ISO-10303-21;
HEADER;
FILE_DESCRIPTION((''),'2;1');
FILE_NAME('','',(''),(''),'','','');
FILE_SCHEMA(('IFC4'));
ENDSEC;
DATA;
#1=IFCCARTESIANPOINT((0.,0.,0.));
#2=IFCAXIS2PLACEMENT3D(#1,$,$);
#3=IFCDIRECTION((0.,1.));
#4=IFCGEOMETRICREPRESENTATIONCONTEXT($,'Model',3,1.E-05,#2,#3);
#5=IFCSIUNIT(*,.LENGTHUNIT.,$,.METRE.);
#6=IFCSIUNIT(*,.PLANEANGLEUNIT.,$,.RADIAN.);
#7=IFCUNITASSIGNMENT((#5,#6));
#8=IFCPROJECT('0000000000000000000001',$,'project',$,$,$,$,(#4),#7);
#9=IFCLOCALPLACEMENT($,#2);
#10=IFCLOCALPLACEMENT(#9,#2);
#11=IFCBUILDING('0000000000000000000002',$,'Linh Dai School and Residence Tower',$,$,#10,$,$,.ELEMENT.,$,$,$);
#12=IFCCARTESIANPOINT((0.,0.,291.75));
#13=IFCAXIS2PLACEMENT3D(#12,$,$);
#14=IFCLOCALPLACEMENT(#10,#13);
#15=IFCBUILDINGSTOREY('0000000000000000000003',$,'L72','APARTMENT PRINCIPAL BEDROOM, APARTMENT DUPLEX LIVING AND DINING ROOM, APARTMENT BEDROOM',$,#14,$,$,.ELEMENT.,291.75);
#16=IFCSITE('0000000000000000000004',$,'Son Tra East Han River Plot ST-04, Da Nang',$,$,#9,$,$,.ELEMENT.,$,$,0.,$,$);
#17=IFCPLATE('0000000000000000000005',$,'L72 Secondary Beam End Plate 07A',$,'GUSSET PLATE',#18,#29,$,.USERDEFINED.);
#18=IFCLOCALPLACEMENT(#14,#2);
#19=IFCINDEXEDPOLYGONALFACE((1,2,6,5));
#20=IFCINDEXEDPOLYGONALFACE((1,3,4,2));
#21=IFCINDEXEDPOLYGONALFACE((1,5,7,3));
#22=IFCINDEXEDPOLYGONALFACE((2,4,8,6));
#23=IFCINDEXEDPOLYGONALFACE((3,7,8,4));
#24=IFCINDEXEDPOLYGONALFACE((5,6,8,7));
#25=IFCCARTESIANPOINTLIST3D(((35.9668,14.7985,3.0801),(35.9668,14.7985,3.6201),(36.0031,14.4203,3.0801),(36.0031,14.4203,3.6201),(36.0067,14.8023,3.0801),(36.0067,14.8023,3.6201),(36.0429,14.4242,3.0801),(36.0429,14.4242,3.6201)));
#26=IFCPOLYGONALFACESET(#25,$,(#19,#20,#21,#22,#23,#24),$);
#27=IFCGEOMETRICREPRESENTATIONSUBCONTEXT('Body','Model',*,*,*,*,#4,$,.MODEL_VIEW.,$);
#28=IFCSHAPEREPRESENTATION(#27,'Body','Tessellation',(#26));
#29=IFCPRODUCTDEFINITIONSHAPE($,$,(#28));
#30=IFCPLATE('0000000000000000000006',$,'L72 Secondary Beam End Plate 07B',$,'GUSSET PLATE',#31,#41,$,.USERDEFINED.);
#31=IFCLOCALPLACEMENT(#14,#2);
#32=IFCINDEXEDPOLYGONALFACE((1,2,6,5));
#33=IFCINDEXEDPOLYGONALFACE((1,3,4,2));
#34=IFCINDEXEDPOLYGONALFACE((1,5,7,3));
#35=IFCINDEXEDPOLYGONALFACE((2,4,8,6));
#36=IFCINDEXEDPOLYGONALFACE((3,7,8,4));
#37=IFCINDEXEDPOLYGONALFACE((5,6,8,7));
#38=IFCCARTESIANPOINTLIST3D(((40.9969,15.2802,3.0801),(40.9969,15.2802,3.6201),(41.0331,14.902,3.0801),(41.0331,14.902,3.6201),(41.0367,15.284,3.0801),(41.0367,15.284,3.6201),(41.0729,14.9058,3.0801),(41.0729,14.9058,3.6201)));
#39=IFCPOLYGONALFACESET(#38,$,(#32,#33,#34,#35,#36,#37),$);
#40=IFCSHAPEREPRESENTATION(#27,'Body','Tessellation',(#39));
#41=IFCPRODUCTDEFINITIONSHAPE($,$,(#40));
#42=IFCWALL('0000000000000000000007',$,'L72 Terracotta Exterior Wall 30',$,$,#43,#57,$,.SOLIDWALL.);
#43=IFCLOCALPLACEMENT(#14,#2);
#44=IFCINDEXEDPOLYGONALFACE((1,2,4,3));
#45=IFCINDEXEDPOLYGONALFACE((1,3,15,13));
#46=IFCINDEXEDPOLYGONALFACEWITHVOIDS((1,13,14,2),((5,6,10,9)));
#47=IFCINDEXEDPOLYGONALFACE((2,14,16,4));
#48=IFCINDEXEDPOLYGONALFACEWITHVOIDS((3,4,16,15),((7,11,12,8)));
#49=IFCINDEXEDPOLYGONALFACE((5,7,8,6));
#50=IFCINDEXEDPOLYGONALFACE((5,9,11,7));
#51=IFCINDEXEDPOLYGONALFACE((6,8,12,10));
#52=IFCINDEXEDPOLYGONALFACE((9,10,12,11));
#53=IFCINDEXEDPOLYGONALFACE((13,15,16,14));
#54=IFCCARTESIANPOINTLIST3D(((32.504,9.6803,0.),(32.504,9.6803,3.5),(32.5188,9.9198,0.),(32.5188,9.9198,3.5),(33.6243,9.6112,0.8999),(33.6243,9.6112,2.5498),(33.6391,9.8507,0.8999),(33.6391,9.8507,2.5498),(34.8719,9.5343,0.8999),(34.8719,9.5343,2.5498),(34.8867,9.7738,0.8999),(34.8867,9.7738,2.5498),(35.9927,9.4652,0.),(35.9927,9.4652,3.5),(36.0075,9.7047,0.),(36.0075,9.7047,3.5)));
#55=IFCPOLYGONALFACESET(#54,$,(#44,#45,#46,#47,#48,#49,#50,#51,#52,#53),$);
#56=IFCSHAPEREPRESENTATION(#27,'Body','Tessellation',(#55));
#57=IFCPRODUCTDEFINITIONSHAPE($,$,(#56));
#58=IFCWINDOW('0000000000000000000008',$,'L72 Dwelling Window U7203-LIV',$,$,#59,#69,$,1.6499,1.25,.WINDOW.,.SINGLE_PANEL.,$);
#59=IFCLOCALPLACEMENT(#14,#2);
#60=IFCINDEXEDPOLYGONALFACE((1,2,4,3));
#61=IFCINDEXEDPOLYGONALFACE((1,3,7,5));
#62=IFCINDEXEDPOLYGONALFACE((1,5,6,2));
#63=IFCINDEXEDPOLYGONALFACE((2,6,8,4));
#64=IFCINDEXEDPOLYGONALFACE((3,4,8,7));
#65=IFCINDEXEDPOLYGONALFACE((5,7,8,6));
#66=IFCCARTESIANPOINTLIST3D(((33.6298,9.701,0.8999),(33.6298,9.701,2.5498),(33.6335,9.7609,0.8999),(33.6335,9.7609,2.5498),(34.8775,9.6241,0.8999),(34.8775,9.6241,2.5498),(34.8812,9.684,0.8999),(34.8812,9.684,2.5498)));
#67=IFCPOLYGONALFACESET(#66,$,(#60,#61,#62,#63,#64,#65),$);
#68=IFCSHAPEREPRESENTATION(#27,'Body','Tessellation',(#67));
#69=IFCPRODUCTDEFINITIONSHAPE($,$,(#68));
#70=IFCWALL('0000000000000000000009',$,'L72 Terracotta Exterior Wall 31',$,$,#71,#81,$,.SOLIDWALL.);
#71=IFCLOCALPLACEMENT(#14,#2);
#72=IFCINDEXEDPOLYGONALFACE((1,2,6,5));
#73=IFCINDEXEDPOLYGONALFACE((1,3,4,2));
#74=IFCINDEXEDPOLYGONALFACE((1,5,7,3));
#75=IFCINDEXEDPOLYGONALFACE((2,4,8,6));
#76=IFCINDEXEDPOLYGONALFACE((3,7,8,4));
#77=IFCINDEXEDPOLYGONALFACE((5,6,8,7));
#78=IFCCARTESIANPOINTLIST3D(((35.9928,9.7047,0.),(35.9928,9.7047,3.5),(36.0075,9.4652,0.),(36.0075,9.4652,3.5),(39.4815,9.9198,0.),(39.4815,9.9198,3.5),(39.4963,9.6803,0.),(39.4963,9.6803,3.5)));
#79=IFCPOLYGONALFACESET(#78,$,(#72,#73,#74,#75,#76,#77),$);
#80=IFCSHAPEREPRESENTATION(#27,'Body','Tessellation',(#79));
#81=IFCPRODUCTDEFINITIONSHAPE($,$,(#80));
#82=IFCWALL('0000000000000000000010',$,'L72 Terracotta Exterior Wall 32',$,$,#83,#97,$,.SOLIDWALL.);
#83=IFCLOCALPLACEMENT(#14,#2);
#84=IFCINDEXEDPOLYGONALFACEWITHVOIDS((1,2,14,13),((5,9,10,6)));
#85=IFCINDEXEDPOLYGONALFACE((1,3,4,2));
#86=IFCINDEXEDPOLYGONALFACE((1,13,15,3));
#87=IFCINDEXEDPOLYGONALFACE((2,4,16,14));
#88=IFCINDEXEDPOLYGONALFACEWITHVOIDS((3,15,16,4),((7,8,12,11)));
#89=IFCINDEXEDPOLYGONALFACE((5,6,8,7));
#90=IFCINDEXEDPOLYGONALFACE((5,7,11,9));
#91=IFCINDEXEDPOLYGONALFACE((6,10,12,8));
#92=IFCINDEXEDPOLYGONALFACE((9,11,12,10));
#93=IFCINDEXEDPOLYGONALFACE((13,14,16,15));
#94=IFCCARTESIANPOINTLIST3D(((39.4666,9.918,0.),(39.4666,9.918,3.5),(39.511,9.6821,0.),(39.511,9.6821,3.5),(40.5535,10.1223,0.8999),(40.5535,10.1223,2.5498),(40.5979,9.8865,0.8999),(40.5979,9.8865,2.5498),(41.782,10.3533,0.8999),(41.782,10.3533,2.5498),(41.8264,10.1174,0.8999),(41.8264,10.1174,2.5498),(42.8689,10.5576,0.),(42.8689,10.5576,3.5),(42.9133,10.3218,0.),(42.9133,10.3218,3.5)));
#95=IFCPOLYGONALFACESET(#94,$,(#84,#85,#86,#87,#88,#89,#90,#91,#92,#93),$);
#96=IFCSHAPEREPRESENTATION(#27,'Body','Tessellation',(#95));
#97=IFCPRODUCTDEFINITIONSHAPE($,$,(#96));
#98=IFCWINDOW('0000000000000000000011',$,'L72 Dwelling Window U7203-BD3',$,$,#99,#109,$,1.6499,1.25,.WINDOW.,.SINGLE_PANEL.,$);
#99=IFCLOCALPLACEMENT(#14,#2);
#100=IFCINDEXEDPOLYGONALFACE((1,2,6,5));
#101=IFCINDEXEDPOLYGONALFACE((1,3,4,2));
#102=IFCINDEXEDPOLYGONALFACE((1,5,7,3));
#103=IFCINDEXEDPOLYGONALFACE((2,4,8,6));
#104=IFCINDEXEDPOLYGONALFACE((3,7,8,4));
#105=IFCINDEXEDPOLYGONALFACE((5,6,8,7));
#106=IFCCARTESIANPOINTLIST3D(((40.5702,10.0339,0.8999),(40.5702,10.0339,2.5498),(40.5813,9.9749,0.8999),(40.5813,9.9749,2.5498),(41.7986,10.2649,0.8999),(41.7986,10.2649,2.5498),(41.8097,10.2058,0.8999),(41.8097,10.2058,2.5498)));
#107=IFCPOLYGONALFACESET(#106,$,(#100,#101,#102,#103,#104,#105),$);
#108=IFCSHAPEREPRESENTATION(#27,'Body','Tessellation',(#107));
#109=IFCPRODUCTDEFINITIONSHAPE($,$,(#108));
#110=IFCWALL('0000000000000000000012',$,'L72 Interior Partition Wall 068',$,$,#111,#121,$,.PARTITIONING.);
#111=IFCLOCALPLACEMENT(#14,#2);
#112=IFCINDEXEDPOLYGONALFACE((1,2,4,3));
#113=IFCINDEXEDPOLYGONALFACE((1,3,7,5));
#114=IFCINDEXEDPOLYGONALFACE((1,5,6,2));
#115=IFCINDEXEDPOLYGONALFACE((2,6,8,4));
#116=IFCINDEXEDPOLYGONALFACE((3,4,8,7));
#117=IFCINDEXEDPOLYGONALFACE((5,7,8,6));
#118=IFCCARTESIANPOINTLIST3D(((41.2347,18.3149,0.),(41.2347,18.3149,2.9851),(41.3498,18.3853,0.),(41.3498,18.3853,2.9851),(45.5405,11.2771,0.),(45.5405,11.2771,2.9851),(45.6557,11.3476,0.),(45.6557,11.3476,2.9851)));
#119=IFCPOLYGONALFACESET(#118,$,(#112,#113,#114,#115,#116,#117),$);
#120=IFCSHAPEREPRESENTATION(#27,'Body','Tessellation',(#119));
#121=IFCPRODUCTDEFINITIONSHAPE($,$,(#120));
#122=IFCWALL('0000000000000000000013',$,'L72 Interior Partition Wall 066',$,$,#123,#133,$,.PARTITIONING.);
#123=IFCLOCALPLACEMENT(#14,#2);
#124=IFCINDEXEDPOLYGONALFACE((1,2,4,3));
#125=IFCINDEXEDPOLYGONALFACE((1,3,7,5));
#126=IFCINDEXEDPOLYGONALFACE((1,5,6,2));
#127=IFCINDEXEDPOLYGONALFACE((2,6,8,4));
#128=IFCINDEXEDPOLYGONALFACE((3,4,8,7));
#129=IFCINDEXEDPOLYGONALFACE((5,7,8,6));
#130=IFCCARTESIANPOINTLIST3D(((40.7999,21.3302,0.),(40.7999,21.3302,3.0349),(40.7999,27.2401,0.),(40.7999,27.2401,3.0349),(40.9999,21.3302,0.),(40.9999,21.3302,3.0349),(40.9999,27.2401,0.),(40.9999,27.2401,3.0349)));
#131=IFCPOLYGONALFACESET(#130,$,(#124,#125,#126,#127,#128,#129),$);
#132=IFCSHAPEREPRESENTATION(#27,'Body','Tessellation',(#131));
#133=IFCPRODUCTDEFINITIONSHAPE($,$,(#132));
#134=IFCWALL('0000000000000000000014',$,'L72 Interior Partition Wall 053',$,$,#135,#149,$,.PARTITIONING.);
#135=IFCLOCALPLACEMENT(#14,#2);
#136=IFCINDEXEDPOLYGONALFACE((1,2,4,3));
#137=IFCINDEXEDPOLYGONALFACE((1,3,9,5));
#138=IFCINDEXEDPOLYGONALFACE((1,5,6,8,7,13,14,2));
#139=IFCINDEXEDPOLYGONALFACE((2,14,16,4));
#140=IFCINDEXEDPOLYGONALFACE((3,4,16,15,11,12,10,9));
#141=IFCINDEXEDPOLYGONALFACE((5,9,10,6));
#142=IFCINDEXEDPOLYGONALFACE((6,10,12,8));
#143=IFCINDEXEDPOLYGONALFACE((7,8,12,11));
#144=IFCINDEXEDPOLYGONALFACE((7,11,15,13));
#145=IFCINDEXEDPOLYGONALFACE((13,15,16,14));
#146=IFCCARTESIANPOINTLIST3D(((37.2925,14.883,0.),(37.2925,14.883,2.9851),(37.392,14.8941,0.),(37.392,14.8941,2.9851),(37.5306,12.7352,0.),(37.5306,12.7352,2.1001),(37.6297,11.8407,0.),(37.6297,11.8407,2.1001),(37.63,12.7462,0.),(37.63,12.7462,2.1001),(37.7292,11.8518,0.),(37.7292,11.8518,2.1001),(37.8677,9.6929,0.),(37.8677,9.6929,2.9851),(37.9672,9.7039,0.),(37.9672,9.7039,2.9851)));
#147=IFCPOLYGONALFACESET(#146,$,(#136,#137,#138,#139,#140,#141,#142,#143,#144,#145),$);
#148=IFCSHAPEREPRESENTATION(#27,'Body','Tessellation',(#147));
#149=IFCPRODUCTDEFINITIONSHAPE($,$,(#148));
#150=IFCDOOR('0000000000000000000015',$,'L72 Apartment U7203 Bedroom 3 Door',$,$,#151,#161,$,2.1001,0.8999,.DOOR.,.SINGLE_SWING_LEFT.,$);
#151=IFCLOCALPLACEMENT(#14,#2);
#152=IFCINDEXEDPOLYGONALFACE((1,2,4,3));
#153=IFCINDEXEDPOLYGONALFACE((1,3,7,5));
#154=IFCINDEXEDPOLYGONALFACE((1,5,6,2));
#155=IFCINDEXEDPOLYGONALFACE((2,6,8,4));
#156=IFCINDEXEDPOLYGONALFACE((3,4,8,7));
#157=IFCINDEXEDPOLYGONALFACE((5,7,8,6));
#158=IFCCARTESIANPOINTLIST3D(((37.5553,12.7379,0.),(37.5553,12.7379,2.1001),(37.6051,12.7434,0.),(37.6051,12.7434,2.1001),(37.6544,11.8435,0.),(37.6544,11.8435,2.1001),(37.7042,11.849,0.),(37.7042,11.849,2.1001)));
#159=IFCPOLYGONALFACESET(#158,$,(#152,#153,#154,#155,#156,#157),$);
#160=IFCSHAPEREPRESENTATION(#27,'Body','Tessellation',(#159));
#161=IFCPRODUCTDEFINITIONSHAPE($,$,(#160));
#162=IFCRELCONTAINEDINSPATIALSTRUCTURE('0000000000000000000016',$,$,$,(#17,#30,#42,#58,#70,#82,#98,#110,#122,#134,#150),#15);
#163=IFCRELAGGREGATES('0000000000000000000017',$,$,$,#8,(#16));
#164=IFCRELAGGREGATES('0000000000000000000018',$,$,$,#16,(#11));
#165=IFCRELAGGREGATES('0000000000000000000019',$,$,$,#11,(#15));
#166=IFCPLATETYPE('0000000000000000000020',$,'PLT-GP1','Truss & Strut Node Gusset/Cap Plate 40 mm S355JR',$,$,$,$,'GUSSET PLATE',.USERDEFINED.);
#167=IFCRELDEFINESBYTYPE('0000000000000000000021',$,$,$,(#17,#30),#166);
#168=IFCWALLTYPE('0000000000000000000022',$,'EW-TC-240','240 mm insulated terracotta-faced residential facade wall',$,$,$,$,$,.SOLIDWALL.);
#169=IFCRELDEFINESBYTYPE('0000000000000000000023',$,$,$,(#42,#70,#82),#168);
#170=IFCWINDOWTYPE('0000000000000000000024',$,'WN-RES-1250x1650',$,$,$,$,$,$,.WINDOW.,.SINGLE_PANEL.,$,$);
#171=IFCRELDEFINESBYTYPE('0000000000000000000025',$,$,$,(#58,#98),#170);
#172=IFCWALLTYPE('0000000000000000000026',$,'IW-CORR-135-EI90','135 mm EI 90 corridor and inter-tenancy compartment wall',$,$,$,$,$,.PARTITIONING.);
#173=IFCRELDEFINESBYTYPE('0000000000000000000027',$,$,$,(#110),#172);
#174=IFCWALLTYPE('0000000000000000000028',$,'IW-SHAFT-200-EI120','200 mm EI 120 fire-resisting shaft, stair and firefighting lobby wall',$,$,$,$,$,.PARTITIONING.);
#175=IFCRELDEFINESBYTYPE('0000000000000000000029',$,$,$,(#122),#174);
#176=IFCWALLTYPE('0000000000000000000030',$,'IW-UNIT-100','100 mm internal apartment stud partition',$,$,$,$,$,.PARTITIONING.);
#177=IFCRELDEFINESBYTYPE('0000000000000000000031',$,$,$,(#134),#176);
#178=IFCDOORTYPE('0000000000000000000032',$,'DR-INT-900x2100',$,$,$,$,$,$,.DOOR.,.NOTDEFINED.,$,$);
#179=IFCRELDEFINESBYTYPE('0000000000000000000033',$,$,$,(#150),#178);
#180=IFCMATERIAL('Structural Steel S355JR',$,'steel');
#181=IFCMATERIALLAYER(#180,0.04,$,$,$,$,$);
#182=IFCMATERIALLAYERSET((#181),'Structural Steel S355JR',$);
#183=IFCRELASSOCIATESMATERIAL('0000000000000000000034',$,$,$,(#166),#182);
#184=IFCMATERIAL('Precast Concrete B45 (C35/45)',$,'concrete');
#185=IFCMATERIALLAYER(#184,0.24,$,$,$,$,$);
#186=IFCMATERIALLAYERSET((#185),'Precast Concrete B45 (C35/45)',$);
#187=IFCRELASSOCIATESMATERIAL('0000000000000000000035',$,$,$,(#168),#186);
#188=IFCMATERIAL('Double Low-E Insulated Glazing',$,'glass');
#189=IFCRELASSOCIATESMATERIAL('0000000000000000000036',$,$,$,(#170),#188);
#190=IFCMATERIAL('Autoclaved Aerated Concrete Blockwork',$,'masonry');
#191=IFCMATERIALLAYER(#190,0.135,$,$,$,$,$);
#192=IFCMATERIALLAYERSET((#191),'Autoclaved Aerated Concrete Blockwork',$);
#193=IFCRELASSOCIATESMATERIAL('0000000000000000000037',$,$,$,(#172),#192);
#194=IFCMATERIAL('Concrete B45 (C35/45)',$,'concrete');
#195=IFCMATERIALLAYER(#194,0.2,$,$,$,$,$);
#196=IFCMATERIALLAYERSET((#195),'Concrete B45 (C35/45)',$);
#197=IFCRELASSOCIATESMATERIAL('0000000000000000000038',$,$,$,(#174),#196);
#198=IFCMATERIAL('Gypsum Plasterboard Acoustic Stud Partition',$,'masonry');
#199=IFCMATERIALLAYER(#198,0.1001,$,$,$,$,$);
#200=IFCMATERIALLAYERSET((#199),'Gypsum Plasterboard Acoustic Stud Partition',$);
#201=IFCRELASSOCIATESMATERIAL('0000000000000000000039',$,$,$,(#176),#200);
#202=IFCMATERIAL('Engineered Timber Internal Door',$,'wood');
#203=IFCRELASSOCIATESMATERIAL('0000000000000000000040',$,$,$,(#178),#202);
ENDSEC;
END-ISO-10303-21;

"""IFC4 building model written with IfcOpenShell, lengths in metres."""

from ifc_helpers import new_model, si_unit, direction, frame, frame_2d, origin, origin_2d, place, context, subcontext, project, spatial, rectangle, extrude, source, transform, mapped, material, layer, layer_set, type_object, element, fill, save


model = new_model("IFC4")

# Units and contexts
model_context = context("Model", 3, precision=1e-05, world=origin(), true_north=direction((0.0, 1.0)))
body_context = subcontext(model_context, "Body", "Model", "MODEL_VIEW")
ifc_project = project(units=[si_unit("LENGTHUNIT", "METRE"), si_unit("PLANEANGLEUNIT", "RADIAN")], contexts=[model_context])

# Site, building, storey
site_placement = place(None, origin())
site = spatial("IfcSite", under=ifc_project, at=site_placement, Name="Son Tra East Han River Plot ST-04, Da Nang", CompositionType="ELEMENT", RefElevation=0.0)
building_placement = place(site_placement, origin())
building = spatial("IfcBuilding", under=site, at=building_placement, Name="Linh Dai School and Residence Tower", CompositionType="ELEMENT")
storey_placement = place(building_placement, frame((0.0, 0.0, 291.75)))
storey = spatial("IfcBuildingStorey", under=building, at=storey_placement, Name="L72", Description="APARTMENT PRINCIPAL BEDROOM, APARTMENT DUPLEX LIVING AND DINING ROOM, APARTMENT BEDROOM", CompositionType="ELEMENT", Elevation=291.75)

# Shared definitions
ifc_material_1 = material(Name="Structural Steel S355JR", Category="steel")

# Plates
ifc_layer_1 = layer(ifc_material_1, 0.04)
ifc_layer_set_1 = layer_set([ifc_layer_1], Name="Structural Steel S355JR")
plate_type = type_object("IfcPlateType", Name="PLT-GP1", Description="Truss & Strut Node Gusset/Cap Plate 40 mm S355JR", ElementType="GUSSET PLATE", PredefinedType="USERDEFINED", material=ifc_layer_set_1)
shared_shape_1 = source(origin(), body_context, "Body", "SweptSolid", [
    extrude(rectangle(XDim=0.04, YDim=0.3799, at=origin_2d()), origin(), (0.0, 0.0, 1.0), 0.54),
])
for number, where, z_axis, x_axis, name in (
    (1, (36.0049, 14.6113, 3.0801), (0.0, 0.0, 1.0), (0.995445, 0.095338, 0.0), "L72 Secondary Beam End Plate 07A"),
    (2, (41.0349, 15.093, 3.0801), (0.0, 0.0, 1.0), (0.995445, 0.095338, 0.0), "L72 Secondary Beam End Plate 07B"),
):
    element("IfcPlate", number, at=place(storey_placement, frame(where, z_axis=z_axis, x_axis=x_axis)), inside=storey, type_object=plate_type, Name=name, ObjectType="GUSSET PLATE", PredefinedType="USERDEFINED", context=body_context, shape_type="MappedRepresentation", body=[
        mapped(shared_shape_1, transform((0.0, 0.0, 0.0), x_axis=(1.0, 0.0, 0.0), y_axis=(0.0, 1.0, 0.0), z_axis=(0.0, 0.0, 1.0), scale=1.0)),
    ])

# Wall, opening, window
ifc_material_2 = material(Name="Precast Concrete B45 (C35/45)", Category="concrete")
ifc_layer_2 = layer(ifc_material_2, 0.24)
ifc_layer_set_2 = layer_set([ifc_layer_2], Name="Precast Concrete B45 (C35/45)")
wall_type_1 = type_object("IfcWallType", Name="EW-TC-240", Description="240 mm insulated terracotta-faced residential facade wall", PredefinedType="SOLIDWALL", material=ifc_layer_set_2)
wall_1_placement = place(storey_placement, frame((36.0, 9.585, 0.0), z_axis=(0.0, 0.0, 1.0), x_axis=(-0.998105, 0.061535, 0.0)))
wall_1 = element("IfcWall", 3, at=wall_1_placement, inside=storey, type_object=wall_type_1, Name="L72 Terracotta Exterior Wall 30", PredefinedType="SOLIDWALL", context=body_context, shape_type="SweptSolid", body=[
    extrude(rectangle(XDim=3.4954, YDim=0.24, at=frame_2d((1.7476, 0.0))), origin(), (0.0, 0.0, 1.0), 3.5),
])
opening_1_placement = place(wall_1_placement, frame((1.1228, 0.0, 0.8999)))
opening_1 = element("IfcOpeningElement", 4, at=opening_1_placement, cuts=wall_1, PredefinedType="OPENING", context=body_context, shape_type="SweptSolid", body=[
    extrude(rectangle(XDim=1.25, YDim=1.6499, at=origin_2d()), frame((0.625, 0.1299, 0.825), z_axis=(0.0, -1.0, 0.0), x_axis=(1.0, 0.0, 0.0)), (0.0, 0.0, 1.0), 0.26),
])
ifc_material_3 = material(Name="Double Low-E Insulated Glazing", Category="glass")
window_type = type_object("IfcWindowType", Name="WN-RES-1250x1650", PartitioningType="SINGLE_PANEL", PredefinedType="WINDOW", material=ifc_material_3)
shared_shape_2 = source(origin(), body_context, "Body", "SweptSolid", [
    extrude(rectangle(XDim=1.25, YDim=1.6499, at=origin_2d()), frame((0.625, 0.03, 0.825), z_axis=(0.0, -1.0, 0.0), x_axis=(1.0, 0.0, 0.0)), (0.0, 0.0, 1.0), 0.0601),
])
window_1_placement = place(opening_1_placement, origin())
window_1 = element("IfcWindow", 5, at=window_1_placement, inside=storey, type_object=window_type, Name="L72 Dwelling Window U7203-LIV", OverallHeight=1.6499, OverallWidth=1.25, PartitioningType="SINGLE_PANEL", PredefinedType="WINDOW", context=body_context, shape_type="MappedRepresentation", body=[
    mapped(shared_shape_2, transform((0.0, 0.0, 0.0), x_axis=(1.0, 0.0, 0.0), y_axis=(0.0, 1.0, 0.0), z_axis=(0.0, 0.0, 1.0), scale=1.0)),
])
fill(opening_1, window_1)

# Wall
wall_2_placement = place(storey_placement, frame((39.4888, 9.8, 0.0), z_axis=(0.0, 0.0, 1.0), x_axis=(-0.998105, -0.061535, 0.0)))
element("IfcWall", 6, at=wall_2_placement, inside=storey, type_object=wall_type_1, Name="L72 Terracotta Exterior Wall 31", PredefinedType="SOLIDWALL", context=body_context, shape_type="SweptSolid", body=[
    extrude(rectangle(XDim=3.4954, YDim=0.24, at=frame_2d((1.7476, 0.0))), origin(), (0.0, 0.0, 1.0), 3.5),
])

# Wall, opening, window
wall_3_placement = place(storey_placement, frame((42.8911, 10.4397, 0.0), z_axis=(0.0, 0.0, 1.0), x_axis=(-0.982783, -0.184765, 0.0)))
wall_3 = element("IfcWall", 7, at=wall_3_placement, inside=storey, type_object=wall_type_1, Name="L72 Terracotta Exterior Wall 32", PredefinedType="SOLIDWALL", context=body_context, shape_type="SweptSolid", body=[
    extrude(rectangle(XDim=3.4619, YDim=0.24, at=frame_2d((1.731, 0.0))), origin(), (0.0, 0.0, 1.0), 3.5),
])
opening_2_placement = place(wall_3_placement, frame((1.106, 0.0, 0.8999)))
opening_2 = element("IfcOpeningElement", 8, at=opening_2_placement, cuts=wall_3, PredefinedType="OPENING", context=body_context, shape_type="SweptSolid", body=[
    extrude(rectangle(XDim=1.25, YDim=1.6499, at=origin_2d()), frame((0.625, 0.1299, 0.825), z_axis=(0.0, -1.0, 0.0), x_axis=(1.0, 0.0, 0.0)), (0.0, 0.0, 1.0), 0.26),
])
window_2_placement = place(opening_2_placement, origin())
window_2 = element("IfcWindow", 9, at=window_2_placement, inside=storey, type_object=window_type, Name="L72 Dwelling Window U7203-BD3", OverallHeight=1.6499, OverallWidth=1.25, PartitioningType="SINGLE_PANEL", PredefinedType="WINDOW", context=body_context, shape_type="MappedRepresentation", body=[
    mapped(shared_shape_2, transform((0.0, 0.0, 0.0), x_axis=(1.0, 0.0, 0.0), y_axis=(0.0, 1.0, 0.0), z_axis=(0.0, 0.0, 1.0), scale=1.0)),
])
fill(opening_2, window_2)

# Walls
ifc_material_4 = material(Name="Autoclaved Aerated Concrete Blockwork", Category="masonry")
ifc_layer_3 = layer(ifc_material_4, 0.135)
ifc_layer_set_3 = layer_set([ifc_layer_3], Name="Autoclaved Aerated Concrete Blockwork")
wall_type_2 = type_object("IfcWallType", Name="IW-CORR-135-EI90", Description="135 mm EI 90 corridor and inter-tenancy compartment wall", PredefinedType="PARTITIONING", material=ifc_layer_set_3)
wall_4_placement = place(storey_placement, frame((41.2922, 18.3501, 0.0), z_axis=(0.0, 0.0, 1.0), x_axis=(0.521892, -0.853012, 0.0)))
element("IfcWall", 10, at=wall_4_placement, inside=storey, type_object=wall_type_2, Name="L72 Interior Partition Wall 068", PredefinedType="PARTITIONING", context=body_context, shape_type="SweptSolid", body=[
    extrude(rectangle(XDim=8.2505, YDim=0.135, at=frame_2d((4.1252, 0.0))), origin(), (0.0, 0.0, 1.0), 2.9851),
])
ifc_material_5 = material(Name="Concrete B45 (C35/45)", Category="concrete")
ifc_layer_4 = layer(ifc_material_5, 0.2)
ifc_layer_set_4 = layer_set([ifc_layer_4], Name="Concrete B45 (C35/45)")
wall_type_3 = type_object("IfcWallType", Name="IW-SHAFT-200-EI120", Description="200 mm EI 120 fire-resisting shaft, stair and firefighting lobby wall", PredefinedType="PARTITIONING", material=ifc_layer_set_4)
wall_5_placement = place(storey_placement, frame((40.8999, 21.3301, 0.0), z_axis=(0.0, 0.0, 1.0), x_axis=(0.0, 1.0, 0.0)))
element("IfcWall", 11, at=wall_5_placement, inside=storey, type_object=wall_type_3, Name="L72 Interior Partition Wall 066", PredefinedType="PARTITIONING", context=body_context, shape_type="SweptSolid", body=[
    extrude(rectangle(XDim=5.9099, YDim=0.2, at=frame_2d((2.9551, 0.0))), origin(), (0.0, 0.0, 1.0), 3.0349),
])

# Wall, opening, door
ifc_material_6 = material(Name="Gypsum Plasterboard Acoustic Stud Partition", Category="masonry")
ifc_layer_5 = layer(ifc_material_6, 0.1001)
ifc_layer_set_5 = layer_set([ifc_layer_5], Name="Gypsum Plasterboard Acoustic Stud Partition")
wall_type_4 = type_object("IfcWallType", Name="IW-UNIT-100", Description="100 mm internal apartment stud partition", PredefinedType="PARTITIONING", material=ifc_layer_set_5)
wall_6_placement = place(storey_placement, frame((37.3423, 14.8884, 0.0), z_axis=(0.0, 0.0, 1.0), x_axis=(0.110149, -0.993915, 0.0)))
wall_6 = element("IfcWall", 12, at=wall_6_placement, inside=storey, type_object=wall_type_4, Name="L72 Interior Partition Wall 053", PredefinedType="PARTITIONING", context=body_context, shape_type="SweptSolid", body=[
    extrude(rectangle(XDim=5.2219, YDim=0.1001, at=frame_2d((2.6108, 0.0))), origin(), (0.0, 0.0, 1.0), 2.9851),
])
opening_3_placement = place(wall_6_placement, frame((2.1609, 0.0, 0.0)))
opening_3 = element("IfcOpeningElement", 13, at=opening_3_placement, cuts=wall_6, PredefinedType="OPENING", context=body_context, shape_type="SweptSolid", body=[
    extrude(rectangle(XDim=0.8999, YDim=2.1001, at=origin_2d()), frame((0.45, 0.0601, 1.05), z_axis=(0.0, -1.0, 0.0), x_axis=(1.0, 0.0, 0.0)), (0.0, 0.0, 1.0), 0.1201),
])
ifc_material_7 = material(Name="Engineered Timber Internal Door", Category="wood")
door_type_1 = type_object("IfcDoorType", Name="DR-INT-900x2100", OperationType="NOTDEFINED", PredefinedType="DOOR", material=ifc_material_7)
shared_shape_3 = source(origin(), body_context, "Body", "SweptSolid", [
    extrude(rectangle(XDim=0.8999, YDim=2.1001, at=origin_2d()), frame((0.45, 0.0249, 1.05), z_axis=(0.0, -1.0, 0.0), x_axis=(1.0, 0.0, 0.0)), (0.0, 0.0, 1.0), 0.05),
])
door_1_placement = place(opening_3_placement, origin())
door_1 = element("IfcDoor", 14, at=door_1_placement, inside=storey, type_object=door_type_1, Name="L72 Apartment U7203 Bedroom 3 Door", OperationType="SINGLE_SWING_LEFT", OverallHeight=2.1001, OverallWidth=0.8999, PredefinedType="DOOR", context=body_context, shape_type="MappedRepresentation", body=[
    mapped(shared_shape_3, transform((0.0, 0.0, 0.0), x_axis=(1.0, 0.0, 0.0), y_axis=(0.0, 1.0, 0.0), z_axis=(0.0, 0.0, 1.0), scale=1.0)),
])
fill(opening_3, door_1)

save(model, "model.ifc")
